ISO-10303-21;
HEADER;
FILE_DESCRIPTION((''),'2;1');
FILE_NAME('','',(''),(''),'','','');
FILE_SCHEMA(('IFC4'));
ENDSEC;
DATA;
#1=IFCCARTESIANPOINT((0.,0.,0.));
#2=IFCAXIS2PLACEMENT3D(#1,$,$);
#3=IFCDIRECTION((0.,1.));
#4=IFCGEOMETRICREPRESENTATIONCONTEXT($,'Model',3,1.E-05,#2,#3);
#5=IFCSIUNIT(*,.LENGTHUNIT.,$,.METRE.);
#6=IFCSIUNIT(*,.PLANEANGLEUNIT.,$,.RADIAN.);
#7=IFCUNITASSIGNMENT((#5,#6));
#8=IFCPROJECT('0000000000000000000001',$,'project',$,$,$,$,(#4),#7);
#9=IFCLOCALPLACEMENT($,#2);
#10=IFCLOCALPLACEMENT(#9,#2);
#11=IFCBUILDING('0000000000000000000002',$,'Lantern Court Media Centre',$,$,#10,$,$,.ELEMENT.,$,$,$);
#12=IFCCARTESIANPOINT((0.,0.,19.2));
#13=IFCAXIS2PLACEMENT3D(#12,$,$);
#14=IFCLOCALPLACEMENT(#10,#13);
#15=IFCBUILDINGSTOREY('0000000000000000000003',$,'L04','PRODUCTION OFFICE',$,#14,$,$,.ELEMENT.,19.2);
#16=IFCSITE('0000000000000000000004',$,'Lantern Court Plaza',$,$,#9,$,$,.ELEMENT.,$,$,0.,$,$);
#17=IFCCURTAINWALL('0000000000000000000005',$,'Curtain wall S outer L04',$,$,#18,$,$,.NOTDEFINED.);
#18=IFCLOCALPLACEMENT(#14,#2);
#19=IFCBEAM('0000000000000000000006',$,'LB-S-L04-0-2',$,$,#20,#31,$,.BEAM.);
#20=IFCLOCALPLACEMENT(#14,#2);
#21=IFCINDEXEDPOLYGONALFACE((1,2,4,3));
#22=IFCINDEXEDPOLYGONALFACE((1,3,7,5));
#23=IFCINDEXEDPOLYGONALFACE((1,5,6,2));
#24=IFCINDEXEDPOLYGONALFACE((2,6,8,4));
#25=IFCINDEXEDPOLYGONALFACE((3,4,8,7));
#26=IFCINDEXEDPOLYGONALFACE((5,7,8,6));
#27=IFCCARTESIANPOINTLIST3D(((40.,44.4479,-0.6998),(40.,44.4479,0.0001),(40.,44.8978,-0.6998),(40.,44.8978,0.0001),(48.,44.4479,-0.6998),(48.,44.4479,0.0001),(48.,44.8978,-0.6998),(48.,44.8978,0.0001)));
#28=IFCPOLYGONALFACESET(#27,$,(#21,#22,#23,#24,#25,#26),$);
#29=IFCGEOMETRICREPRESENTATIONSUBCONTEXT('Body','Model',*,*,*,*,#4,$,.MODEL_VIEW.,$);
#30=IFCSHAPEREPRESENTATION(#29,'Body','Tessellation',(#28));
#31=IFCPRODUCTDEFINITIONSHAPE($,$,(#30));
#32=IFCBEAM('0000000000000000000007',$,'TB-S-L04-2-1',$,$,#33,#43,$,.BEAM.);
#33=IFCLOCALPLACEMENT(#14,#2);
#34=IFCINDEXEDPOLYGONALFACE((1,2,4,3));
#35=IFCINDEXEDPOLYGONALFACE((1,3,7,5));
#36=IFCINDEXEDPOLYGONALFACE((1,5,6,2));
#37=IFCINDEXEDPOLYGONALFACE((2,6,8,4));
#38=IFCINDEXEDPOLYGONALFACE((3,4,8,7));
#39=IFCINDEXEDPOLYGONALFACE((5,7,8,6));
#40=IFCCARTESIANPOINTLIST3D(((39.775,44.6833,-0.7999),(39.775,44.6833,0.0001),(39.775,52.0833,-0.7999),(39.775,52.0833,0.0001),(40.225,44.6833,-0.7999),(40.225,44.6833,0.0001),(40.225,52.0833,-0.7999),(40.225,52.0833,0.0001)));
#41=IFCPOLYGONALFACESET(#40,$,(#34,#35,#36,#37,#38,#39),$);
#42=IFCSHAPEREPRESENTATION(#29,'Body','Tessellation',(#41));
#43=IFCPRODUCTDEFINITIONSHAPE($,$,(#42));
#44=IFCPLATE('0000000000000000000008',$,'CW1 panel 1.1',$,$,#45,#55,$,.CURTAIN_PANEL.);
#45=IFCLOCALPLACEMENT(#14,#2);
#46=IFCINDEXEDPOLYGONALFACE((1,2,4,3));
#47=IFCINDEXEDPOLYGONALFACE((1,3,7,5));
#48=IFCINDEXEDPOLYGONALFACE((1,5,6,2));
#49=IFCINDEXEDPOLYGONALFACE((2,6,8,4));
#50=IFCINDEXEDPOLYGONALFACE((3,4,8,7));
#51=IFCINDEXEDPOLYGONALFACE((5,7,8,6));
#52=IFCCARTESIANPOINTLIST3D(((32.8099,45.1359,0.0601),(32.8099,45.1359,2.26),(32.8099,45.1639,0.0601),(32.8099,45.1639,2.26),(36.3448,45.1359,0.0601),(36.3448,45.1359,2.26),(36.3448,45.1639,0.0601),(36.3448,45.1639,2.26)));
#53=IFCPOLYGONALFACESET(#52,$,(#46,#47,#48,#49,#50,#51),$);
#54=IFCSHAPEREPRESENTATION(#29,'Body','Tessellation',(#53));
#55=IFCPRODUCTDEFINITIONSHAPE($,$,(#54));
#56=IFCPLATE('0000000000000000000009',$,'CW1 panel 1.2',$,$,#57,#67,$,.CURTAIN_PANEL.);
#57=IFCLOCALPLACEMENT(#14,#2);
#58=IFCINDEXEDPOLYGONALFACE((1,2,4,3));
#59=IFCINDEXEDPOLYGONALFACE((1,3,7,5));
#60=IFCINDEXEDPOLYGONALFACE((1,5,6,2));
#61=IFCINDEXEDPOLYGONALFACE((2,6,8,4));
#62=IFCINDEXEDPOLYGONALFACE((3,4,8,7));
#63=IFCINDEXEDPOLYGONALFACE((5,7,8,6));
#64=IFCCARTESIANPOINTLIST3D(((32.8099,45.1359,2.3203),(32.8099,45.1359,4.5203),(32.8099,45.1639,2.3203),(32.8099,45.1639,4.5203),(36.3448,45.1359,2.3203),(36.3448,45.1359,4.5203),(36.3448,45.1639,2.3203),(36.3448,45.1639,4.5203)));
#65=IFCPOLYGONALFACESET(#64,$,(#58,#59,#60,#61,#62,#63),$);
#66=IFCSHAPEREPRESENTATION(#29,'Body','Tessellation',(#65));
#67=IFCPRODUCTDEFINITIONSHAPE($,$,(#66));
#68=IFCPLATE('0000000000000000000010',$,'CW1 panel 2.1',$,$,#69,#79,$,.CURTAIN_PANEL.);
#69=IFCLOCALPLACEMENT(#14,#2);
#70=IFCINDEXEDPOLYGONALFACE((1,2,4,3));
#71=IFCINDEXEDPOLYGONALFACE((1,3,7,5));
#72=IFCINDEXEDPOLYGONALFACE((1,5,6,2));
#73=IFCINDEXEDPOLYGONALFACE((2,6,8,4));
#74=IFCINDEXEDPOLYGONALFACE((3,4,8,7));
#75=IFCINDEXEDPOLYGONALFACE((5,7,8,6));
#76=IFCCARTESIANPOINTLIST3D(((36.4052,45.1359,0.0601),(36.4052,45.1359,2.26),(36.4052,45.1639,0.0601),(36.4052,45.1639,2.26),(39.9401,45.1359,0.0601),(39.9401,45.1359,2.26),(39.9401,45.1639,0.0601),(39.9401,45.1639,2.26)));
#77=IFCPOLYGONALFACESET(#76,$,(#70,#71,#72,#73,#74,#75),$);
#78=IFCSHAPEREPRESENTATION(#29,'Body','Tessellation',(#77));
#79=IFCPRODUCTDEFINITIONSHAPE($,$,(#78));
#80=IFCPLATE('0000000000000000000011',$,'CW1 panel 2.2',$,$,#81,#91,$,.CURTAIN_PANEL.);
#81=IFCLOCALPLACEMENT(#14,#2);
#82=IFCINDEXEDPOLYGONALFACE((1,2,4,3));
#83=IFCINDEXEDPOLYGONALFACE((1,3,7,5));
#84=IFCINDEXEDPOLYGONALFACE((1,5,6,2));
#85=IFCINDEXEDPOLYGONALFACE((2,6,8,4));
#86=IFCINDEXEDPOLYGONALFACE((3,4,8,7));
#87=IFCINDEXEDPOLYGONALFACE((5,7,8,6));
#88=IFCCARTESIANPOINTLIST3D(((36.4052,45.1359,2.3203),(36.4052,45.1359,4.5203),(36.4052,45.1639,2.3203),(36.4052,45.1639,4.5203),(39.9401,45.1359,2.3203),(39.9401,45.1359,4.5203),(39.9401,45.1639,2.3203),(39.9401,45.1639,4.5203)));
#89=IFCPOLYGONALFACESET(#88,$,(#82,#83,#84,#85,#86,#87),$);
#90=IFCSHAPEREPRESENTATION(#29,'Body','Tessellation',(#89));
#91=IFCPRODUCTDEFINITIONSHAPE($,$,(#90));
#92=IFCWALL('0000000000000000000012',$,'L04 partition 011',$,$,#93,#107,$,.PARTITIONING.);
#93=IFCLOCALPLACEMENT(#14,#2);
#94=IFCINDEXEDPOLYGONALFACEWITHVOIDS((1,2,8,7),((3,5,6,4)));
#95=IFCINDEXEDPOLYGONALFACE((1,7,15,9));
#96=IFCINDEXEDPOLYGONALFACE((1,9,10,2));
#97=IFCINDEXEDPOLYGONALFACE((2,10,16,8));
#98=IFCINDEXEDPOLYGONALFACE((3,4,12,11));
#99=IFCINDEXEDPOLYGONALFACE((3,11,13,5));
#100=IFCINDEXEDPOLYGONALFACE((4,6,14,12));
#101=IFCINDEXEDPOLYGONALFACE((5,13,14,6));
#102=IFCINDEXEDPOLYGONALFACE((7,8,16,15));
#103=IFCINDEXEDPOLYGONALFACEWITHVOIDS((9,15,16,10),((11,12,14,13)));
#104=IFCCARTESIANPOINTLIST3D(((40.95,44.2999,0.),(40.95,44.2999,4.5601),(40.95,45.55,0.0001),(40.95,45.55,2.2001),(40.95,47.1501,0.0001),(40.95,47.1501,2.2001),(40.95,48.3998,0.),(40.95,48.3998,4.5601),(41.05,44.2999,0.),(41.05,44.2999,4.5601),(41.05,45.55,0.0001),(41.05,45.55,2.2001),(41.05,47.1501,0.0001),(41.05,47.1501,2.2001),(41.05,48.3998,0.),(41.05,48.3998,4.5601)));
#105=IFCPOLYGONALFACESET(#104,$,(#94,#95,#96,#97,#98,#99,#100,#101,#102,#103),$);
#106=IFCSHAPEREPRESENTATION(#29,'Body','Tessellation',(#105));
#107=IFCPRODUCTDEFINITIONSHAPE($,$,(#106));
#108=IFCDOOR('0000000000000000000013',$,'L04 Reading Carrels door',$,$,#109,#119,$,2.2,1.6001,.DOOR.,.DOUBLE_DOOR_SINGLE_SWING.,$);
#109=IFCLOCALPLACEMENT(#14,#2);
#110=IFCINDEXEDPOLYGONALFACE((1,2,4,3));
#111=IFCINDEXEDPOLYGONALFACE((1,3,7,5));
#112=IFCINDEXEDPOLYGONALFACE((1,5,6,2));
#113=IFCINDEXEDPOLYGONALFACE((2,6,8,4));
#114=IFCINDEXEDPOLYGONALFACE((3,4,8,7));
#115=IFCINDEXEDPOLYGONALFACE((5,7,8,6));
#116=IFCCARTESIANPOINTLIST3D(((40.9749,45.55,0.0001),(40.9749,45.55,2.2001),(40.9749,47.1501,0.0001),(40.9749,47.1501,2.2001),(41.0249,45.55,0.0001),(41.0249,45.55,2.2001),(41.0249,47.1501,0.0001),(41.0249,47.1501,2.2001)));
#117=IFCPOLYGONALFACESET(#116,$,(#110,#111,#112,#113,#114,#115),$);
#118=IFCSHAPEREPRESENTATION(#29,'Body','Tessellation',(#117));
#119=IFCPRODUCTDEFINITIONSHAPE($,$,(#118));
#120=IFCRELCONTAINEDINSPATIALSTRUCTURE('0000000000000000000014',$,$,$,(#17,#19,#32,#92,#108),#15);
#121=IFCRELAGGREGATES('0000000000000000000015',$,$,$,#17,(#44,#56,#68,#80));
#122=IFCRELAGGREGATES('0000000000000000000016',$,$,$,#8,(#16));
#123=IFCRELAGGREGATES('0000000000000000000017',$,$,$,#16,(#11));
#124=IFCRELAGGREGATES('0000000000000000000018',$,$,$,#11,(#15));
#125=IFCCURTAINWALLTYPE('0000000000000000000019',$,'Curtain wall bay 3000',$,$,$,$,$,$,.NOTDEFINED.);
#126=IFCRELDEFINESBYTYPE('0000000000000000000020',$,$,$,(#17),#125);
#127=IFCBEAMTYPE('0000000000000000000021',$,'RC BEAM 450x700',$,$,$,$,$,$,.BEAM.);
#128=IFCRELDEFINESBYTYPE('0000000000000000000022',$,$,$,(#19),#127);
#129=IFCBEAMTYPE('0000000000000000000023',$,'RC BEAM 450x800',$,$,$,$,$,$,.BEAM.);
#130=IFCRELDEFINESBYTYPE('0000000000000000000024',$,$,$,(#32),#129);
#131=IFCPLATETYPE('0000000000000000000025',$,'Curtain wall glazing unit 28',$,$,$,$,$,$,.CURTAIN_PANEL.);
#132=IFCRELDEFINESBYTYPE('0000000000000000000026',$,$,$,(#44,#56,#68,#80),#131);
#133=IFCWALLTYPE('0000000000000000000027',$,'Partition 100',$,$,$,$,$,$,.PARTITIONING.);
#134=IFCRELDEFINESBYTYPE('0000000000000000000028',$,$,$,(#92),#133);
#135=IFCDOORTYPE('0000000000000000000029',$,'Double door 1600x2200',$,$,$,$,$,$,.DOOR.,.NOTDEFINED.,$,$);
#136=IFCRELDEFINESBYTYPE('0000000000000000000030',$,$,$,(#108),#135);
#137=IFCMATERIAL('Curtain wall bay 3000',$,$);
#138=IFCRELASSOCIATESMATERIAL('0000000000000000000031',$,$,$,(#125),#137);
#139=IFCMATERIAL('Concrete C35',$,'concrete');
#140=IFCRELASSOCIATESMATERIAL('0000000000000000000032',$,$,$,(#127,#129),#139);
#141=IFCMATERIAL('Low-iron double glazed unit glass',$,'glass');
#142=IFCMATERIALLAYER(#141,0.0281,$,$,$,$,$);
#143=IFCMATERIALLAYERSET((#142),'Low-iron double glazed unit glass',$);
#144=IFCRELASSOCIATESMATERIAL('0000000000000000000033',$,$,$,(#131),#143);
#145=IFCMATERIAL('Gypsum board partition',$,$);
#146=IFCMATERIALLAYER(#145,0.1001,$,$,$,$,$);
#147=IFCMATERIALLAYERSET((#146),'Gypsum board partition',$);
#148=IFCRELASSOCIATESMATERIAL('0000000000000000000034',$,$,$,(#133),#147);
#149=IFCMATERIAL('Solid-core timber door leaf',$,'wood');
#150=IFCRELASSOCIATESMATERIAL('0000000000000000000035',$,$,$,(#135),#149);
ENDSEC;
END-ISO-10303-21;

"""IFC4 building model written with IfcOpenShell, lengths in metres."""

from ifc_helpers import new_model, si_unit, direction, frame, frame_2d, origin, origin_2d, place, context, subcontext, project, spatial, rectangle, extrude, material, layer, layer_set, material_profile, profile_set, type_object, element, fill, aggregate, save


model = new_model("IFC4")

# Units and contexts
model_context = context("Model", 3, precision=1e-05, world=origin(), true_north=direction((0.0, 1.0)))
body_context = subcontext(model_context, "Body", "Model", "MODEL_VIEW")
ifc_project = project(units=[si_unit("LENGTHUNIT", "METRE"), si_unit("PLANEANGLEUNIT", "RADIAN")], contexts=[model_context])

# Site, building, storey
site_placement = place(None, origin())
site = spatial("IfcSite", under=ifc_project, at=site_placement, Name="Lantern Court Plaza", CompositionType="ELEMENT", RefElevation=0.0)
building_placement = place(site_placement, origin())
building = spatial("IfcBuilding", under=site, at=building_placement, Name="Lantern Court Media Centre", CompositionType="ELEMENT")
storey_placement = place(building_placement, frame((0.0, 0.0, 19.2)))
storey = spatial("IfcBuildingStorey", under=building, at=storey_placement, Name="L04", Description="PRODUCTION OFFICE", CompositionType="ELEMENT", Elevation=19.2)

# Shared definitions
ifc_material_1 = material(Name="Concrete C35", Category="concrete")

# Curtain wall
ifc_material_2 = material(Name="Curtain wall bay 3000")
curtain_wall_type_1 = type_object("IfcCurtainWallType", Name="Curtain wall bay 3000", PredefinedType="NOTDEFINED", material=ifc_material_2)
curtain_wall_1_placement = place(storey_placement, origin())
curtain_wall_1 = element("IfcCurtainWall", 1, at=curtain_wall_1_placement, inside=storey, type_object=curtain_wall_type_1, Name="Curtain wall S outer L04", PredefinedType="NOTDEFINED")

# Beams
ifc_material_profile_1 = material_profile(ifc_material_1, rectangle(XDim=0.45, YDim=0.7, at=origin_2d()), Name="RC 450x700")
ifc_profile_set_1 = profile_set([ifc_material_profile_1], Name="Concrete C35")
beam_type_1 = type_object("IfcBeamType", Name="RC BEAM 450x700", PredefinedType="BEAM", material=ifc_profile_set_1)
beam_1_placement = place(storey_placement, frame((40.0, 44.6729, -0.3499), z_axis=(1.0, 0.0, 0.0), x_axis=(0.0, 1.0, 0.0)))
element("IfcBeam", 2, at=beam_1_placement, inside=storey, type_object=beam_type_1, Name="LB-S-L04-0-2", PredefinedType="BEAM", context=body_context, shape_type="SweptSolid", body=[
    extrude(rectangle(XDim=0.45, YDim=0.7, at=origin_2d()), origin(), (0.0, 0.0, 1.0), 8.0),
])
ifc_material_profile_2 = material_profile(ifc_material_1, rectangle(XDim=0.45, YDim=0.8, at=origin_2d()), Name="RC 450x800")
ifc_profile_set_2 = profile_set([ifc_material_profile_2], Name="Concrete C35")
beam_type_2 = type_object("IfcBeamType", Name="RC BEAM 450x800", PredefinedType="BEAM", material=ifc_profile_set_2)
beam_2_placement = place(storey_placement, frame((40.0, 44.6833, -0.3999), z_axis=(0.0, 1.0, 0.0), x_axis=(-1.0, 0.0, 0.0)))
element("IfcBeam", 3, at=beam_2_placement, inside=storey, type_object=beam_type_2, Name="TB-S-L04-2-1", PredefinedType="BEAM", context=body_context, shape_type="SweptSolid", body=[
    extrude(rectangle(XDim=0.45, YDim=0.8, at=origin_2d()), origin(), (0.0, 0.0, 1.0), 7.3999),
])

# Plates
ifc_material_3 = material(Name="Low-iron double glazed unit glass", Category="glass")
ifc_layer_1 = layer(ifc_material_3, 0.0281)
ifc_layer_set_1 = layer_set([ifc_layer_1], Name="Low-iron double glazed unit glass")
plate_type = type_object("IfcPlateType", Name="Curtain wall glazing unit 28", PredefinedType="CURTAIN_PANEL", material=ifc_layer_set_1)
plate_1_placement = place(storey_placement, frame((34.5774, 45.1499, 0.0601), z_axis=(0.0, 0.0, 1.0), x_axis=(1.0, 0.0, 0.0)))
plate_1 = element("IfcPlate", 4, at=plate_1_placement, type_object=plate_type, Name="CW1 panel 1.1", PredefinedType="CURTAIN_PANEL", context=body_context, shape_type="SweptSolid", body=[
    extrude(rectangle(XDim=3.5349, YDim=0.0281, at=origin_2d()), origin(), (0.0, 0.0, 1.0), 2.2),
])
plate_2_placement = place(storey_placement, frame((34.5774, 45.1499, 2.3203), z_axis=(0.0, 0.0, 1.0), x_axis=(1.0, 0.0, 0.0)))
plate_2 = element("IfcPlate", 5, at=plate_2_placement, type_object=plate_type, Name="CW1 panel 1.2", PredefinedType="CURTAIN_PANEL", context=body_context, shape_type="SweptSolid", body=[
    extrude(rectangle(XDim=3.5349, YDim=0.0281, at=origin_2d()), origin(), (0.0, 0.0, 1.0), 2.2),
])
plate_3_placement = place(storey_placement, frame((38.1726, 45.1499, 0.0601), z_axis=(0.0, 0.0, 1.0), x_axis=(1.0, 0.0, 0.0)))
plate_3 = element("IfcPlate", 6, at=plate_3_placement, type_object=plate_type, Name="CW1 panel 2.1", PredefinedType="CURTAIN_PANEL", context=body_context, shape_type="SweptSolid", body=[
    extrude(rectangle(XDim=3.5349, YDim=0.0281, at=origin_2d()), origin(), (0.0, 0.0, 1.0), 2.2),
])
plate_4_placement = place(storey_placement, frame((38.1726, 45.1499, 2.3203), z_axis=(0.0, 0.0, 1.0), x_axis=(1.0, 0.0, 0.0)))
plate_4 = element("IfcPlate", 7, at=plate_4_placement, type_object=plate_type, Name="CW1 panel 2.2", PredefinedType="CURTAIN_PANEL", context=body_context, shape_type="SweptSolid", body=[
    extrude(rectangle(XDim=3.5349, YDim=0.0281, at=origin_2d()), origin(), (0.0, 0.0, 1.0), 2.2),
])
aggregate(curtain_wall_1, [plate_1, plate_2, plate_3, plate_4])

# Wall, opening, door
ifc_material_4 = material(Name="Gypsum board partition")
ifc_layer_2 = layer(ifc_material_4, 0.1001)
ifc_layer_set_2 = layer_set([ifc_layer_2], Name="Gypsum board partition")
wall_type = type_object("IfcWallType", Name="Partition 100", PredefinedType="PARTITIONING", material=ifc_layer_set_2)
wall_placement = place(storey_placement, frame((41.0, 44.3, 0.0), z_axis=(0.0, 0.0, 1.0), x_axis=(0.0, 1.0, 0.0)))
wall = element("IfcWall", 8, at=wall_placement, inside=storey, type_object=wall_type, Name="L04 partition 011", PredefinedType="PARTITIONING", context=body_context, shape_type="SweptSolid", body=[
    extrude(rectangle(XDim=4.0999, YDim=0.1001, at=frame_2d((2.0498, 0.0))), origin(), (0.0, 0.0, 1.0), 4.5601),
])
opening_placement = place(wall_placement, frame((1.25, 0.0, 0.0)))
opening = element("IfcOpeningElement", 9, at=opening_placement, cuts=wall, PredefinedType="OPENING", context=body_context, shape_type="SweptSolid", body=[
    extrude(rectangle(XDim=1.6001, YDim=2.2, at=frame_2d((0.8, 1.1001))), frame((0.0, 0.0601, 0.0), z_axis=(0.0, -1.0, 0.0), x_axis=(1.0, 0.0, 0.0)), (0.0, 0.0, 1.0), 0.1201),
])
ifc_material_5 = material(Name="Solid-core timber door leaf", Category="wood")
door_type = type_object("IfcDoorType", Name="Double door 1600x2200", OperationType="NOTDEFINED", PredefinedType="DOOR", material=ifc_material_5)
door_placement = place(opening_placement, frame((1.6001, 0.0, 0.0), z_axis=(0.0, 0.0, 1.0), x_axis=(-1.0, 0.0, 0.0)))
door = element("IfcDoor", 10, at=door_placement, inside=storey, type_object=door_type, Name="L04 Reading Carrels door", OperationType="DOUBLE_DOOR_SINGLE_SWING", OverallHeight=2.2, OverallWidth=1.6001, PredefinedType="DOOR", context=body_context, shape_type="SweptSolid", body=[
    extrude(rectangle(XDim=1.6001, YDim=2.2, at=frame_2d((0.8, 1.1001))), frame((0.0, 0.0249, 0.0), z_axis=(0.0, -1.0, 0.0), x_axis=(1.0, 0.0, 0.0)), (0.0, 0.0, 1.0), 0.05),
])
fill(opening, door)

save(model, "model.ifc")
